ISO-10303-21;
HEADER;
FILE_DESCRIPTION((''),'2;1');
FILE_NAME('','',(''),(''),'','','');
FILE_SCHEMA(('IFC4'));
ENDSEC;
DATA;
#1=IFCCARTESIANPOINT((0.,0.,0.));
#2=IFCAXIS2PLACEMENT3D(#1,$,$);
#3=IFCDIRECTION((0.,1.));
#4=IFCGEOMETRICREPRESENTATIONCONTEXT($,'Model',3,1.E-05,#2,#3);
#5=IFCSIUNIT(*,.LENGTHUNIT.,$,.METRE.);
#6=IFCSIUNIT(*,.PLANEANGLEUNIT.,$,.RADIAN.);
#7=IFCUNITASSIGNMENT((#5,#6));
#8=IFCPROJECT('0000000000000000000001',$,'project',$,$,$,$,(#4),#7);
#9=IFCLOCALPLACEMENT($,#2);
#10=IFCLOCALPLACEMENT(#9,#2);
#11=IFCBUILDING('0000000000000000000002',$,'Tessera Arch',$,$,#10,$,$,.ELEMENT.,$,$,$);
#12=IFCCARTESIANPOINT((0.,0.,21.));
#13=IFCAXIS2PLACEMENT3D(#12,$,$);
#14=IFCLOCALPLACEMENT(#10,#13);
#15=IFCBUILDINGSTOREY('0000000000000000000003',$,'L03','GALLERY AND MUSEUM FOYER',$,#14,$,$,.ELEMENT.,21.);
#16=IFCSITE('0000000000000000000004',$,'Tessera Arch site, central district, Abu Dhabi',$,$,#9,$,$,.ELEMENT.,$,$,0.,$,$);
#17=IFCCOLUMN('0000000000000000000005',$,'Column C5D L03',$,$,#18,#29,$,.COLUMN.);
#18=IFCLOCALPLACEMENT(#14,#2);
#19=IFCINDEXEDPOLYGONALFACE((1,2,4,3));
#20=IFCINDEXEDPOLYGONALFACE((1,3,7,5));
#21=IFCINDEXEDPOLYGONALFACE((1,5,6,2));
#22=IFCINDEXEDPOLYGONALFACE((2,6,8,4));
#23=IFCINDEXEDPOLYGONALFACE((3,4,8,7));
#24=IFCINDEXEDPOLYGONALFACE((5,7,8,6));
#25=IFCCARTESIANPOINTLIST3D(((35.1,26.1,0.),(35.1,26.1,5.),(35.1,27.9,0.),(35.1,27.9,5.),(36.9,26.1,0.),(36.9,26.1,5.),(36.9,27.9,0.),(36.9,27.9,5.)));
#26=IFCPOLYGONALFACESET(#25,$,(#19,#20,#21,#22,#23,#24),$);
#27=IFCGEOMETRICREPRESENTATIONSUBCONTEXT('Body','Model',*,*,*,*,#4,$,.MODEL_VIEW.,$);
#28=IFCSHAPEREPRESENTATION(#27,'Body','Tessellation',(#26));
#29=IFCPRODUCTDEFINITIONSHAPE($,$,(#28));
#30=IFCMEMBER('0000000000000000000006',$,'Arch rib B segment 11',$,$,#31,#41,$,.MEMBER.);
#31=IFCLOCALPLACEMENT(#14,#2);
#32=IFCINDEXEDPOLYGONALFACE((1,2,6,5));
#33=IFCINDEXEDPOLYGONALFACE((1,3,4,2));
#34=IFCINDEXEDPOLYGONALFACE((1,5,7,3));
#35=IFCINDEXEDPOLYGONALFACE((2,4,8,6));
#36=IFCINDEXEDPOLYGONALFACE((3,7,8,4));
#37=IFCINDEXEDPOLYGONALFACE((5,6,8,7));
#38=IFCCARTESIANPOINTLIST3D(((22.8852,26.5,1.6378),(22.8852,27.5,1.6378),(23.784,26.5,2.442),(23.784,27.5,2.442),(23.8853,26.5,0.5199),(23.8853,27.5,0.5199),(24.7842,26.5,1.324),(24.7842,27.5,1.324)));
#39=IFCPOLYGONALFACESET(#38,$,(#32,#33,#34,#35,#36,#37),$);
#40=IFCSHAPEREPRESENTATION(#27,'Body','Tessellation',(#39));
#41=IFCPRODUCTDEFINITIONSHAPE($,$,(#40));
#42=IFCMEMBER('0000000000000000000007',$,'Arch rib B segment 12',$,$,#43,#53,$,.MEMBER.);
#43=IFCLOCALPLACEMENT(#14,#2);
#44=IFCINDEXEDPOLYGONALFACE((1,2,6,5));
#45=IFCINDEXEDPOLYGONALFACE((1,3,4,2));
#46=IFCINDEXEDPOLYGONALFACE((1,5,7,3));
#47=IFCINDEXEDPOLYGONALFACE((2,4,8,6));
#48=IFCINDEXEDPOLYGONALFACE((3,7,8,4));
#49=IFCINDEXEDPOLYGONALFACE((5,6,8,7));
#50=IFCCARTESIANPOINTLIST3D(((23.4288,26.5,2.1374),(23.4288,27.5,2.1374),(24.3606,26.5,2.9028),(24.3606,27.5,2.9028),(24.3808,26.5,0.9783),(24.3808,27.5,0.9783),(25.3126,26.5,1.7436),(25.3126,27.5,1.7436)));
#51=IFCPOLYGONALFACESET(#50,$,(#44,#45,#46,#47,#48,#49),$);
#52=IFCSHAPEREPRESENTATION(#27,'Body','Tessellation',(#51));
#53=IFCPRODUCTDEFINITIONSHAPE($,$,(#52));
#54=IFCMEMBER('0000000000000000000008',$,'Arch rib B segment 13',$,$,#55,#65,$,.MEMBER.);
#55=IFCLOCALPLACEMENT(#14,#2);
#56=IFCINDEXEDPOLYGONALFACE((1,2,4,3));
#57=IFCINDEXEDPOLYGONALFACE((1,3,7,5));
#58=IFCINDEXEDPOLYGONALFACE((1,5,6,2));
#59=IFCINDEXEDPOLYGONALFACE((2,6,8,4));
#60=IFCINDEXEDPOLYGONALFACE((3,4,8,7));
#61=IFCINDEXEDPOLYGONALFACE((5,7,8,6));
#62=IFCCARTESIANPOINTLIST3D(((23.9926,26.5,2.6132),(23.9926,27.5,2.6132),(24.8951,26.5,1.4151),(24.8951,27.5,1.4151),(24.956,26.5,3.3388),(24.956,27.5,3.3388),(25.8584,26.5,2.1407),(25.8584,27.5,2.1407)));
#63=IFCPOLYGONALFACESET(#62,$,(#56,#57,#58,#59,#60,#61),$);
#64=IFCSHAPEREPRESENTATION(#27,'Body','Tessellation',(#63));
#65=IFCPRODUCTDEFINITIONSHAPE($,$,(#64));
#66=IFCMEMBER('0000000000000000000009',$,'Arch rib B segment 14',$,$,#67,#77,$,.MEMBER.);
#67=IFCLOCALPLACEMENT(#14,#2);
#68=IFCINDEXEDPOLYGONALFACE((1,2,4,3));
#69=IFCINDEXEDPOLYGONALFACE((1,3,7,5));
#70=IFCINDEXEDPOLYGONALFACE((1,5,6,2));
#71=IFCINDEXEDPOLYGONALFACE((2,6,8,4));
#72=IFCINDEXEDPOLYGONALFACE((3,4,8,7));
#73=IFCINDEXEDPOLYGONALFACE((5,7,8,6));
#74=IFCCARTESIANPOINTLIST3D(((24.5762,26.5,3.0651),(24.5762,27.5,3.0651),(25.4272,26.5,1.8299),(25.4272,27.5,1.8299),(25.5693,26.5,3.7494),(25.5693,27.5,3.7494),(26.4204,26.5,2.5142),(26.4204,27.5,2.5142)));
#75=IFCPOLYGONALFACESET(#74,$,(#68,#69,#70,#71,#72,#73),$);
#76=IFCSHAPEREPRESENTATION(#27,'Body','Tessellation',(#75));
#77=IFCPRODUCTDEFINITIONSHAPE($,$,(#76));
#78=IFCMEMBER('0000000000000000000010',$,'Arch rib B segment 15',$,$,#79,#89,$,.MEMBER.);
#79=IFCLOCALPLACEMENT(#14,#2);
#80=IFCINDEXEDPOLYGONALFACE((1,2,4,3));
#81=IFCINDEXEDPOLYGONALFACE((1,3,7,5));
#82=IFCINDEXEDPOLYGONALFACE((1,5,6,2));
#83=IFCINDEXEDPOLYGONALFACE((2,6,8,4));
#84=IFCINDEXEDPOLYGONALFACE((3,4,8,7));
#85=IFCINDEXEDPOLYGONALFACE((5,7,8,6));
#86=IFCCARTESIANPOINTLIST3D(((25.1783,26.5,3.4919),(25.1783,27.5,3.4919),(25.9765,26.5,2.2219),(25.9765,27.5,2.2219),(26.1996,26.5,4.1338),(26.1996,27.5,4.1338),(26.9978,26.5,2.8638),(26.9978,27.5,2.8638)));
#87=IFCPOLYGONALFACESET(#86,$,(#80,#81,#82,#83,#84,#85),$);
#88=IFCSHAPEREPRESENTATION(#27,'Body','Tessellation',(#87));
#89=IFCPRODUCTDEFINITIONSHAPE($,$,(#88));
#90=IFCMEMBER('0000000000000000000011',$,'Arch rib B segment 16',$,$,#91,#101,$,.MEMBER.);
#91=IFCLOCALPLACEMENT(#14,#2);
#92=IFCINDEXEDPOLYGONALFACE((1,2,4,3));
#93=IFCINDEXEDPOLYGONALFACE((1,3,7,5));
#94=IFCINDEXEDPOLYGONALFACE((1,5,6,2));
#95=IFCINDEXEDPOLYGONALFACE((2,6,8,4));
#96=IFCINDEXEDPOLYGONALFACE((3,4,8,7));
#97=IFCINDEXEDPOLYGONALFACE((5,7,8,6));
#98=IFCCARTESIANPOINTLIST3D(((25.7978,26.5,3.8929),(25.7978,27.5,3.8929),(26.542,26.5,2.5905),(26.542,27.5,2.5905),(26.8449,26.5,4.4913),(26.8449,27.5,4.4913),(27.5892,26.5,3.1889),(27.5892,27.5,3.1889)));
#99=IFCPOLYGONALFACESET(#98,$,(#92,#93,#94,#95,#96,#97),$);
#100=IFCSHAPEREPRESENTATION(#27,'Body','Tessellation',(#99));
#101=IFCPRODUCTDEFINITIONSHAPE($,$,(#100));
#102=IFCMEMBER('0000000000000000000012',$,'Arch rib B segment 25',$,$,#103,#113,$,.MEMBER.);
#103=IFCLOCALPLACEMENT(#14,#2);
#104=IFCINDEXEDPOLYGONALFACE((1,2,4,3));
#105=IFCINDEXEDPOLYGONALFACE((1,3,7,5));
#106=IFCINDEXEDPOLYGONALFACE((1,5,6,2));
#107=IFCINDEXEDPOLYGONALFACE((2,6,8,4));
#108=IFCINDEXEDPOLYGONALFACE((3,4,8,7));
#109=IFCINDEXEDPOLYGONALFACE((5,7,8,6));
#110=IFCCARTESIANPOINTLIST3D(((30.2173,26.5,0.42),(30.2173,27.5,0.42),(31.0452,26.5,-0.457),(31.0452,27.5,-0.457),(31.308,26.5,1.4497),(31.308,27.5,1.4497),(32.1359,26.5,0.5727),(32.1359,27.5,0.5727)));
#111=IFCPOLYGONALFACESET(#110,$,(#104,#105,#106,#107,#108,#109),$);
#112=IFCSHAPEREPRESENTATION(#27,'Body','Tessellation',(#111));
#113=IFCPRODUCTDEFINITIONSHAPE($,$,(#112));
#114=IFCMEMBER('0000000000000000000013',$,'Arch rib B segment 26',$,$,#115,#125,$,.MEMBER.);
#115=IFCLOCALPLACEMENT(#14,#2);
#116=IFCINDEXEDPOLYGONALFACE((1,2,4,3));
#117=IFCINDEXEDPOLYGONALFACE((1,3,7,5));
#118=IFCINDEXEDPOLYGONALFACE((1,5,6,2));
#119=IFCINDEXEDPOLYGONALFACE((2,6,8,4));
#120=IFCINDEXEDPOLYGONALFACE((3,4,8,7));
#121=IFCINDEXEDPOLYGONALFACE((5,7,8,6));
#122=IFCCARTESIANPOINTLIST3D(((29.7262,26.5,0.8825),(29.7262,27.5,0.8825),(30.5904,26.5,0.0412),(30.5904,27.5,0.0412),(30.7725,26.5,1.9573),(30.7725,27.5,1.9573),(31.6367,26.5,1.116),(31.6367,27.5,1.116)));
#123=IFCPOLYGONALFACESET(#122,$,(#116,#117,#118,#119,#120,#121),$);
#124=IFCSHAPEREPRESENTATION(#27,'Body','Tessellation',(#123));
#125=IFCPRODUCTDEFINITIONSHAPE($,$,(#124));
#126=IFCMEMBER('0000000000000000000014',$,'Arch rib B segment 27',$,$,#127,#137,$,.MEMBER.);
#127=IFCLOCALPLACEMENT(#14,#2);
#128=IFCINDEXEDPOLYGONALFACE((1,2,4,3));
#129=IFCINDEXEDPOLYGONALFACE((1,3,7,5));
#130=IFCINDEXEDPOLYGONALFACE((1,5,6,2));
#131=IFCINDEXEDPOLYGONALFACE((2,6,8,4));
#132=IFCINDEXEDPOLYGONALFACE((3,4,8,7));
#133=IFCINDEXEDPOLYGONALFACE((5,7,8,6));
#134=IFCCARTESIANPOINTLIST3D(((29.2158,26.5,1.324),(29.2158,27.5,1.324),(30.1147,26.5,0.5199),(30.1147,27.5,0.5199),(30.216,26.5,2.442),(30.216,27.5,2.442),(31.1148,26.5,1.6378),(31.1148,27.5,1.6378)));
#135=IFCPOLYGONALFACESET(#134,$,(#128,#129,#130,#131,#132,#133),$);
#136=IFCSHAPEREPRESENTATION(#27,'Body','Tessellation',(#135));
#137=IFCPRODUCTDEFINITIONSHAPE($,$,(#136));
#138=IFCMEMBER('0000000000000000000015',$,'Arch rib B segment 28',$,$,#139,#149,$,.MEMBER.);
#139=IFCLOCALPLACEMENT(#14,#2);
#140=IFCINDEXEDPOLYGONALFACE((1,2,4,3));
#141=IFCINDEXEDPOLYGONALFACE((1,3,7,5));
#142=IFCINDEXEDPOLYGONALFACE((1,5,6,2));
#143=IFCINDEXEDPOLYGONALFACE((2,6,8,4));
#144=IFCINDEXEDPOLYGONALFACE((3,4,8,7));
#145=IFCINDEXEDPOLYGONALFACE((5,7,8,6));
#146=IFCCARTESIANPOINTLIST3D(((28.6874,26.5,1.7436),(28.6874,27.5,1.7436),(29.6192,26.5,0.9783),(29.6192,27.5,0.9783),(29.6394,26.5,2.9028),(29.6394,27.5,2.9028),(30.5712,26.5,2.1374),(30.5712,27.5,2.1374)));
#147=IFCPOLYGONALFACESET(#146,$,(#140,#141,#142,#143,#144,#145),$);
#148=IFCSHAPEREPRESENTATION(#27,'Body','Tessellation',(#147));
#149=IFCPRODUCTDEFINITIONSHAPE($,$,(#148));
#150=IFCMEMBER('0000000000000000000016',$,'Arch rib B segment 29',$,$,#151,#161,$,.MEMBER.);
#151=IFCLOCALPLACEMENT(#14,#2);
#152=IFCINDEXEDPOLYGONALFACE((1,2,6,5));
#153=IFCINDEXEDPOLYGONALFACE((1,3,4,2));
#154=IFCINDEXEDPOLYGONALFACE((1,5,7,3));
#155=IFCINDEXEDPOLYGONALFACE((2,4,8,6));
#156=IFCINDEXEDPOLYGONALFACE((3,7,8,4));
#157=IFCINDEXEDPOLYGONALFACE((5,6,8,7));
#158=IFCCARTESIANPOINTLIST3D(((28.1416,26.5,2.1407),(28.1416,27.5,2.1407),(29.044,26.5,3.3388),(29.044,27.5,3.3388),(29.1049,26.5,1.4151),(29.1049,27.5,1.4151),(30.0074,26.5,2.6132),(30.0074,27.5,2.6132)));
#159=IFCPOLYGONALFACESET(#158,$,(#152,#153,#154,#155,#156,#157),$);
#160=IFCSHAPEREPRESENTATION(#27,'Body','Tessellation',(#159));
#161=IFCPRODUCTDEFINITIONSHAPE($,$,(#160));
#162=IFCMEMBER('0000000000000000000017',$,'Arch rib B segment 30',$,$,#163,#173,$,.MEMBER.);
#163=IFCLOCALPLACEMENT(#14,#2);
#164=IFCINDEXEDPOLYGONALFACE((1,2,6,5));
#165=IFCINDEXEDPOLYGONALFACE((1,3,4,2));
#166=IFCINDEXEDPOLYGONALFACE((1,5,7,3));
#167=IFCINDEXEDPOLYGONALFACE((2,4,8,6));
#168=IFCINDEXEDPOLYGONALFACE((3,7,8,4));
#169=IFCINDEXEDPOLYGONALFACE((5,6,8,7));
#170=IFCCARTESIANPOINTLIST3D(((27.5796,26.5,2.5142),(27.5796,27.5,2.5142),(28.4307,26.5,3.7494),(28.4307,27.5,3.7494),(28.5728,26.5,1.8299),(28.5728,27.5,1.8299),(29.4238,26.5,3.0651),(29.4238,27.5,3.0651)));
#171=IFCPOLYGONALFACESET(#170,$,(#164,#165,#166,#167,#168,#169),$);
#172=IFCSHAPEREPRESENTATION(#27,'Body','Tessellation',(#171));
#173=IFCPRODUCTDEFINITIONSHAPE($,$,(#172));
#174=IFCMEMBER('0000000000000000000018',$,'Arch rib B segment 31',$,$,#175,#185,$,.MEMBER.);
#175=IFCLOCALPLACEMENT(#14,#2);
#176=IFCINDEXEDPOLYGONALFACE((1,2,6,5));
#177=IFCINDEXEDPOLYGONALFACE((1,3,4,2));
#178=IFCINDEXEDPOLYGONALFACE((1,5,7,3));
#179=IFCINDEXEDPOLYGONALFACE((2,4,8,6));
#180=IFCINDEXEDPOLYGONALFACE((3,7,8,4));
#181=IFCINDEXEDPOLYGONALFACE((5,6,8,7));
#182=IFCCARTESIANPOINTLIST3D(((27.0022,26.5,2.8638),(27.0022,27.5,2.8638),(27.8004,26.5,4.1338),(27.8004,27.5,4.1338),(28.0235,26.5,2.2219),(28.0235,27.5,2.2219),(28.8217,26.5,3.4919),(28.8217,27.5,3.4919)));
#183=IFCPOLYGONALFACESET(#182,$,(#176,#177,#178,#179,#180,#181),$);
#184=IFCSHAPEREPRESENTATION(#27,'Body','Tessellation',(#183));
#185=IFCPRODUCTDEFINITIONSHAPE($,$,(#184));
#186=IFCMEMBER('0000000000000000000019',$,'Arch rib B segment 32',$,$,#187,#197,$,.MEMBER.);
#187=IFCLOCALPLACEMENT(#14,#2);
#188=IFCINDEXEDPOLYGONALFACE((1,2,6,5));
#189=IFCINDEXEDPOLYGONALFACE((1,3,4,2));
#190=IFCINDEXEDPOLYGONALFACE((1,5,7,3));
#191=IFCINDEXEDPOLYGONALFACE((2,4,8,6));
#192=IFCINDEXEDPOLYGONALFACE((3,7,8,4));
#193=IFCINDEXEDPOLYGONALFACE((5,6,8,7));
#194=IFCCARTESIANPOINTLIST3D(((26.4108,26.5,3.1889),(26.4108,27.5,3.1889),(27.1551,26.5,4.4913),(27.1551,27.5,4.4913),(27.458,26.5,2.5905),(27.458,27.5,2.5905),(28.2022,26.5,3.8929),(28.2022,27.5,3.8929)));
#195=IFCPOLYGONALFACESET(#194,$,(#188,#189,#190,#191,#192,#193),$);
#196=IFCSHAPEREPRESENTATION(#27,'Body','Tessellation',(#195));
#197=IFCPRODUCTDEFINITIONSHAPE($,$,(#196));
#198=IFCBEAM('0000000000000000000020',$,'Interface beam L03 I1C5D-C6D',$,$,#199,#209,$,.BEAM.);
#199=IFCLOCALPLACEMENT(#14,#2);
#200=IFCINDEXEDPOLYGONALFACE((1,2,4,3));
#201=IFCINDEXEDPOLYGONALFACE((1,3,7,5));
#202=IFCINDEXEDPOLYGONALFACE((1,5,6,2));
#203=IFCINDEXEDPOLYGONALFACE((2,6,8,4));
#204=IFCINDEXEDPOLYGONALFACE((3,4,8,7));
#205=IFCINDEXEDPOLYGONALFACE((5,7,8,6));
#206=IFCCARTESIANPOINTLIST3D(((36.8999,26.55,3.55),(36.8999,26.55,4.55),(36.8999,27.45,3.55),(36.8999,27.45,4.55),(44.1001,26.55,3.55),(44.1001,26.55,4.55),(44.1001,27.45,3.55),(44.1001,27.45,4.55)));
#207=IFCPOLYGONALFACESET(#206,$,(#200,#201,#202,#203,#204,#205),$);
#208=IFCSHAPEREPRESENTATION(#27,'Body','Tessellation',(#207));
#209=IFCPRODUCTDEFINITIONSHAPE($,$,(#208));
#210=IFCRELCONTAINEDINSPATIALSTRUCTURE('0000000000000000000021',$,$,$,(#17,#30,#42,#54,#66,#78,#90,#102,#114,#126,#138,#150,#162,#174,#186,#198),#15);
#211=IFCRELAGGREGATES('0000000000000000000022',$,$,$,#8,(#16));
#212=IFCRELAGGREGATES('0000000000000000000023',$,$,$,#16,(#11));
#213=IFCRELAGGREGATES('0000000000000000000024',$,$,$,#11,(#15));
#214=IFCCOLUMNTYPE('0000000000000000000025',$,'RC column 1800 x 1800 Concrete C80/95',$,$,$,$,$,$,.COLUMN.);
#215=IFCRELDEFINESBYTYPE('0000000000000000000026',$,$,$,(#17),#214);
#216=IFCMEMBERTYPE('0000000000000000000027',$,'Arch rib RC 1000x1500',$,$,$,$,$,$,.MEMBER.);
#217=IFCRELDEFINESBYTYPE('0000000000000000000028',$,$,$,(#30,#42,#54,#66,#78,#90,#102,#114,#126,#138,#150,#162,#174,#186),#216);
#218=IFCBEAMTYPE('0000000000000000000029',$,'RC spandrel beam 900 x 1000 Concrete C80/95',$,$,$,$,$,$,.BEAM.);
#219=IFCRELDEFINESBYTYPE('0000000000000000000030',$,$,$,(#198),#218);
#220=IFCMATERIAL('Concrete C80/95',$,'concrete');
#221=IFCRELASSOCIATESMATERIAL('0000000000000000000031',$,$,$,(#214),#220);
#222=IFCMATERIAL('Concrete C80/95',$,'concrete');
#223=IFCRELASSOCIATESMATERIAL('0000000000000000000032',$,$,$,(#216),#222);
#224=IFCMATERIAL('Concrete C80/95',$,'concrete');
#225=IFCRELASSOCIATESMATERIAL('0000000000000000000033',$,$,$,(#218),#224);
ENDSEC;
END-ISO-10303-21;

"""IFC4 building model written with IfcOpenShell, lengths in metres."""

from ifc_helpers import new_model, si_unit, direction, frame, origin, origin_2d, place, context, subcontext, project, spatial, rectangle, extrude, material, material_profile, profile_set, type_object, element, save


model = new_model("IFC4")

# Units and contexts
model_context = context("Model", 3, precision=1e-05, world=origin(), true_north=direction((0.0, 1.0)))
body_context = subcontext(model_context, "Body", "Model", "MODEL_VIEW")
ifc_project = project(units=[si_unit("LENGTHUNIT", "METRE"), si_unit("PLANEANGLEUNIT", "RADIAN")], contexts=[model_context])

# Site, building, storey
site_placement = place(None, origin())
site = spatial("IfcSite", under=ifc_project, at=site_placement, Name="Tessera Arch site, central district, Abu Dhabi", CompositionType="ELEMENT", RefElevation=0.0)
building_placement = place(site_placement, origin())
building = spatial("IfcBuilding", under=site, at=building_placement, Name="Tessera Arch", CompositionType="ELEMENT")
storey_placement = place(building_placement, frame((0.0, 0.0, 21.0)))
storey = spatial("IfcBuildingStorey", under=building, at=storey_placement, Name="L03", Description="GALLERY AND MUSEUM FOYER", CompositionType="ELEMENT", Elevation=21.0)

# Column
ifc_material_1 = material(Name="Concrete C80/95", Category="concrete")
ifc_material_profile_1 = material_profile(ifc_material_1, rectangle(XDim=1.8, YDim=1.8, at=origin_2d()), Name="RC column 1800 x 1800 Concrete C80/95")
ifc_profile_set_1 = profile_set([ifc_material_profile_1], Name="Concrete C80/95")
column_type = type_object("IfcColumnType", Name="RC column 1800 x 1800 Concrete C80/95", PredefinedType="COLUMN", material=ifc_profile_set_1)
column_placement = place(storey_placement, frame((36.0, 27.0, 0.0), z_axis=(0.0, 0.0, 1.0), x_axis=(1.0, 0.0, 0.0)))
element("IfcColumn", 1, at=column_placement, inside=storey, type_object=column_type, Name="Column C5D L03", PredefinedType="COLUMN", context=body_context, shape_type="SweptSolid", body=[
    extrude(rectangle(XDim=1.8, YDim=1.8, at=origin_2d()), origin(), (0.0, 0.0, 1.0), 5.0),
])

# Members
ifc_material_2 = material(Name="Concrete C80/95", Category="concrete")
ifc_material_profile_2 = material_profile(ifc_material_2, rectangle(XDim=1.0, YDim=1.5, at=origin_2d()), Name="RC 1000x1500")
ifc_profile_set_2 = profile_set([ifc_material_profile_2], Name="Concrete C80/95")
member_type = type_object("IfcMemberType", Name="Arch rib RC 1000x1500", PredefinedType="MEMBER", material=ifc_profile_set_2)
member_1_placement = place(storey_placement, frame((23.3853, 27.0, 1.0789), z_axis=(0.745284, 0.0, 0.666748), x_axis=(0.0, 1.0, 0.0)))
element("IfcMember", 2, at=member_1_placement, inside=storey, type_object=member_type, Name="Arch rib B segment 11", PredefinedType="MEMBER", context=body_context, shape_type="SweptSolid", body=[
    extrude(rectangle(XDim=1.0, YDim=1.5, at=origin_2d()), origin(), (0.0, 0.0, 1.0), 1.2061),
])
member_2_placement = place(storey_placement, frame((23.9048, 27.0, 1.5579), z_axis=(0.772765, 0.0, 0.634692), x_axis=(0.0, 1.0, 0.0)))
element("IfcMember", 3, at=member_2_placement, inside=storey, type_object=member_type, Name="Arch rib B segment 12", PredefinedType="MEMBER", context=body_context, shape_type="SweptSolid", body=[
    extrude(rectangle(XDim=1.0, YDim=1.5, at=origin_2d()), origin(), (0.0, 0.0, 1.0), 1.2058),
])
for number, where, z_axis, x_axis, name in (
    (4, (24.4438, 27.0, 2.0142), (0.798784, 0.0, 0.601618), (0.0, 1.0, 0.0), "Arch rib B segment 13"),
    (5, (25.0017, 27.0, 2.4475), (0.823451, 0.0, 0.567388), (0.0, 1.0, 0.0), "Arch rib B segment 14"),
):
    element("IfcMember", number, at=place(storey_placement, frame(where, z_axis=z_axis, x_axis=x_axis)), inside=storey, type_object=member_type, Name=name, PredefinedType="MEMBER", context=body_context, shape_type="SweptSolid", body=[
        extrude(rectangle(XDim=1.0, YDim=1.5, at=origin_2d()), origin(), (0.0, 0.0, 1.0), 1.2061),
    ])
member_3_placement = place(storey_placement, frame((25.5774, 27.0, 2.8569), z_axis=(0.846665, 0.0, 0.532126), x_axis=(0.0, 1.0, 0.0)))
element("IfcMember", 6, at=member_3_placement, inside=storey, type_object=member_type, Name="Arch rib B segment 15", PredefinedType="MEMBER", context=body_context, shape_type="SweptSolid", body=[
    extrude(rectangle(XDim=1.0, YDim=1.5, at=origin_2d()), origin(), (0.0, 0.0, 1.0), 1.2063),
])
for number, where, z_axis, x_axis, name in (
    (7, (26.1699, 27.0, 3.2417), (0.868231, 0.0, 0.496161), (0.0, 1.0, 0.0), "Arch rib B segment 16"),
    (8, (31.5906, 27.0, 0.0579), (-0.686469, 0.0, 0.727159), (0.0, -1.0, 0.0), "Arch rib B segment 25"),
    (9, (31.1135, 27.0, 0.5786), (-0.716556, 0.0, 0.697529), (0.0, -1.0, 0.0), "Arch rib B segment 26"),
    (10, (30.6147, 27.0, 1.0789), (-0.745284, 0.0, 0.666748), (0.0, -1.0, 0.0), "Arch rib B segment 27"),
):
    element("IfcMember", number, at=place(storey_placement, frame(where, z_axis=z_axis, x_axis=x_axis)), inside=storey, type_object=member_type, Name=name, PredefinedType="MEMBER", context=body_context, shape_type="SweptSolid", body=[
        extrude(rectangle(XDim=1.0, YDim=1.5, at=origin_2d()), origin(), (0.0, 0.0, 1.0), 1.2061),
    ])
member_4_placement = place(storey_placement, frame((30.0952, 27.0, 1.5579), z_axis=(-0.772765, 0.0, 0.634692), x_axis=(0.0, -1.0, 0.0)))
element("IfcMember", 11, at=member_4_placement, inside=storey, type_object=member_type, Name="Arch rib B segment 28", PredefinedType="MEMBER", context=body_context, shape_type="SweptSolid", body=[
    extrude(rectangle(XDim=1.0, YDim=1.5, at=origin_2d()), origin(), (0.0, 0.0, 1.0), 1.2058),
])
for number, where, z_axis, x_axis, name in (
    (12, (29.5562, 27.0, 2.0142), (-0.798784, 0.0, 0.601618), (0.0, -1.0, 0.0), "Arch rib B segment 29"),
    (13, (28.9983, 27.0, 2.4475), (-0.823451, 0.0, 0.567388), (0.0, -1.0, 0.0), "Arch rib B segment 30"),
):
    element("IfcMember", number, at=place(storey_placement, frame(where, z_axis=z_axis, x_axis=x_axis)), inside=storey, type_object=member_type, Name=name, PredefinedType="MEMBER", context=body_context, shape_type="SweptSolid", body=[
        extrude(rectangle(XDim=1.0, YDim=1.5, at=origin_2d()), origin(), (0.0, 0.0, 1.0), 1.2061),
    ])
member_5_placement = place(storey_placement, frame((28.4226, 27.0, 2.8569), z_axis=(-0.846665, 0.0, 0.532126), x_axis=(0.0, -1.0, 0.0)))
element("IfcMember", 14, at=member_5_placement, inside=storey, type_object=member_type, Name="Arch rib B segment 31", PredefinedType="MEMBER", context=body_context, shape_type="SweptSolid", body=[
    extrude(rectangle(XDim=1.0, YDim=1.5, at=origin_2d()), origin(), (0.0, 0.0, 1.0), 1.2063),
])
member_6_placement = place(storey_placement, frame((27.8301, 27.0, 3.2417), z_axis=(-0.868231, 0.0, 0.496161), x_axis=(0.0, -1.0, 0.0)))
element("IfcMember", 15, at=member_6_placement, inside=storey, type_object=member_type, Name="Arch rib B segment 32", PredefinedType="MEMBER", context=body_context, shape_type="SweptSolid", body=[
    extrude(rectangle(XDim=1.0, YDim=1.5, at=origin_2d()), origin(), (0.0, 0.0, 1.0), 1.2061),
])

# Beam
ifc_material_3 = material(Name="Concrete C80/95", Category="concrete")
ifc_material_profile_3 = material_profile(ifc_material_3, rectangle(XDim=0.8999, YDim=1.0, at=origin_2d()), Name="RC spandrel beam 900 x 1000 Concrete C80/95")
ifc_profile_set_3 = profile_set([ifc_material_profile_3], Name="Concrete C80/95")
beam_type = type_object("IfcBeamType", Name="RC spandrel beam 900 x 1000 Concrete C80/95", PredefinedType="BEAM", material=ifc_profile_set_3)
beam_placement = place(storey_placement, frame((36.8999, 27.0, 4.05), z_axis=(1.0, 0.0, 0.0), x_axis=(0.0, 1.0, 0.0)))
element("IfcBeam", 16, at=beam_placement, inside=storey, type_object=beam_type, Name="Interface beam L03 I1C5D-C6D", PredefinedType="BEAM", context=body_context, shape_type="SweptSolid", body=[
    extrude(rectangle(XDim=0.8999, YDim=1.0, at=origin_2d()), origin(), (0.0, 0.0, 1.0), 7.2002),
])

save(model, "model.ifc")
